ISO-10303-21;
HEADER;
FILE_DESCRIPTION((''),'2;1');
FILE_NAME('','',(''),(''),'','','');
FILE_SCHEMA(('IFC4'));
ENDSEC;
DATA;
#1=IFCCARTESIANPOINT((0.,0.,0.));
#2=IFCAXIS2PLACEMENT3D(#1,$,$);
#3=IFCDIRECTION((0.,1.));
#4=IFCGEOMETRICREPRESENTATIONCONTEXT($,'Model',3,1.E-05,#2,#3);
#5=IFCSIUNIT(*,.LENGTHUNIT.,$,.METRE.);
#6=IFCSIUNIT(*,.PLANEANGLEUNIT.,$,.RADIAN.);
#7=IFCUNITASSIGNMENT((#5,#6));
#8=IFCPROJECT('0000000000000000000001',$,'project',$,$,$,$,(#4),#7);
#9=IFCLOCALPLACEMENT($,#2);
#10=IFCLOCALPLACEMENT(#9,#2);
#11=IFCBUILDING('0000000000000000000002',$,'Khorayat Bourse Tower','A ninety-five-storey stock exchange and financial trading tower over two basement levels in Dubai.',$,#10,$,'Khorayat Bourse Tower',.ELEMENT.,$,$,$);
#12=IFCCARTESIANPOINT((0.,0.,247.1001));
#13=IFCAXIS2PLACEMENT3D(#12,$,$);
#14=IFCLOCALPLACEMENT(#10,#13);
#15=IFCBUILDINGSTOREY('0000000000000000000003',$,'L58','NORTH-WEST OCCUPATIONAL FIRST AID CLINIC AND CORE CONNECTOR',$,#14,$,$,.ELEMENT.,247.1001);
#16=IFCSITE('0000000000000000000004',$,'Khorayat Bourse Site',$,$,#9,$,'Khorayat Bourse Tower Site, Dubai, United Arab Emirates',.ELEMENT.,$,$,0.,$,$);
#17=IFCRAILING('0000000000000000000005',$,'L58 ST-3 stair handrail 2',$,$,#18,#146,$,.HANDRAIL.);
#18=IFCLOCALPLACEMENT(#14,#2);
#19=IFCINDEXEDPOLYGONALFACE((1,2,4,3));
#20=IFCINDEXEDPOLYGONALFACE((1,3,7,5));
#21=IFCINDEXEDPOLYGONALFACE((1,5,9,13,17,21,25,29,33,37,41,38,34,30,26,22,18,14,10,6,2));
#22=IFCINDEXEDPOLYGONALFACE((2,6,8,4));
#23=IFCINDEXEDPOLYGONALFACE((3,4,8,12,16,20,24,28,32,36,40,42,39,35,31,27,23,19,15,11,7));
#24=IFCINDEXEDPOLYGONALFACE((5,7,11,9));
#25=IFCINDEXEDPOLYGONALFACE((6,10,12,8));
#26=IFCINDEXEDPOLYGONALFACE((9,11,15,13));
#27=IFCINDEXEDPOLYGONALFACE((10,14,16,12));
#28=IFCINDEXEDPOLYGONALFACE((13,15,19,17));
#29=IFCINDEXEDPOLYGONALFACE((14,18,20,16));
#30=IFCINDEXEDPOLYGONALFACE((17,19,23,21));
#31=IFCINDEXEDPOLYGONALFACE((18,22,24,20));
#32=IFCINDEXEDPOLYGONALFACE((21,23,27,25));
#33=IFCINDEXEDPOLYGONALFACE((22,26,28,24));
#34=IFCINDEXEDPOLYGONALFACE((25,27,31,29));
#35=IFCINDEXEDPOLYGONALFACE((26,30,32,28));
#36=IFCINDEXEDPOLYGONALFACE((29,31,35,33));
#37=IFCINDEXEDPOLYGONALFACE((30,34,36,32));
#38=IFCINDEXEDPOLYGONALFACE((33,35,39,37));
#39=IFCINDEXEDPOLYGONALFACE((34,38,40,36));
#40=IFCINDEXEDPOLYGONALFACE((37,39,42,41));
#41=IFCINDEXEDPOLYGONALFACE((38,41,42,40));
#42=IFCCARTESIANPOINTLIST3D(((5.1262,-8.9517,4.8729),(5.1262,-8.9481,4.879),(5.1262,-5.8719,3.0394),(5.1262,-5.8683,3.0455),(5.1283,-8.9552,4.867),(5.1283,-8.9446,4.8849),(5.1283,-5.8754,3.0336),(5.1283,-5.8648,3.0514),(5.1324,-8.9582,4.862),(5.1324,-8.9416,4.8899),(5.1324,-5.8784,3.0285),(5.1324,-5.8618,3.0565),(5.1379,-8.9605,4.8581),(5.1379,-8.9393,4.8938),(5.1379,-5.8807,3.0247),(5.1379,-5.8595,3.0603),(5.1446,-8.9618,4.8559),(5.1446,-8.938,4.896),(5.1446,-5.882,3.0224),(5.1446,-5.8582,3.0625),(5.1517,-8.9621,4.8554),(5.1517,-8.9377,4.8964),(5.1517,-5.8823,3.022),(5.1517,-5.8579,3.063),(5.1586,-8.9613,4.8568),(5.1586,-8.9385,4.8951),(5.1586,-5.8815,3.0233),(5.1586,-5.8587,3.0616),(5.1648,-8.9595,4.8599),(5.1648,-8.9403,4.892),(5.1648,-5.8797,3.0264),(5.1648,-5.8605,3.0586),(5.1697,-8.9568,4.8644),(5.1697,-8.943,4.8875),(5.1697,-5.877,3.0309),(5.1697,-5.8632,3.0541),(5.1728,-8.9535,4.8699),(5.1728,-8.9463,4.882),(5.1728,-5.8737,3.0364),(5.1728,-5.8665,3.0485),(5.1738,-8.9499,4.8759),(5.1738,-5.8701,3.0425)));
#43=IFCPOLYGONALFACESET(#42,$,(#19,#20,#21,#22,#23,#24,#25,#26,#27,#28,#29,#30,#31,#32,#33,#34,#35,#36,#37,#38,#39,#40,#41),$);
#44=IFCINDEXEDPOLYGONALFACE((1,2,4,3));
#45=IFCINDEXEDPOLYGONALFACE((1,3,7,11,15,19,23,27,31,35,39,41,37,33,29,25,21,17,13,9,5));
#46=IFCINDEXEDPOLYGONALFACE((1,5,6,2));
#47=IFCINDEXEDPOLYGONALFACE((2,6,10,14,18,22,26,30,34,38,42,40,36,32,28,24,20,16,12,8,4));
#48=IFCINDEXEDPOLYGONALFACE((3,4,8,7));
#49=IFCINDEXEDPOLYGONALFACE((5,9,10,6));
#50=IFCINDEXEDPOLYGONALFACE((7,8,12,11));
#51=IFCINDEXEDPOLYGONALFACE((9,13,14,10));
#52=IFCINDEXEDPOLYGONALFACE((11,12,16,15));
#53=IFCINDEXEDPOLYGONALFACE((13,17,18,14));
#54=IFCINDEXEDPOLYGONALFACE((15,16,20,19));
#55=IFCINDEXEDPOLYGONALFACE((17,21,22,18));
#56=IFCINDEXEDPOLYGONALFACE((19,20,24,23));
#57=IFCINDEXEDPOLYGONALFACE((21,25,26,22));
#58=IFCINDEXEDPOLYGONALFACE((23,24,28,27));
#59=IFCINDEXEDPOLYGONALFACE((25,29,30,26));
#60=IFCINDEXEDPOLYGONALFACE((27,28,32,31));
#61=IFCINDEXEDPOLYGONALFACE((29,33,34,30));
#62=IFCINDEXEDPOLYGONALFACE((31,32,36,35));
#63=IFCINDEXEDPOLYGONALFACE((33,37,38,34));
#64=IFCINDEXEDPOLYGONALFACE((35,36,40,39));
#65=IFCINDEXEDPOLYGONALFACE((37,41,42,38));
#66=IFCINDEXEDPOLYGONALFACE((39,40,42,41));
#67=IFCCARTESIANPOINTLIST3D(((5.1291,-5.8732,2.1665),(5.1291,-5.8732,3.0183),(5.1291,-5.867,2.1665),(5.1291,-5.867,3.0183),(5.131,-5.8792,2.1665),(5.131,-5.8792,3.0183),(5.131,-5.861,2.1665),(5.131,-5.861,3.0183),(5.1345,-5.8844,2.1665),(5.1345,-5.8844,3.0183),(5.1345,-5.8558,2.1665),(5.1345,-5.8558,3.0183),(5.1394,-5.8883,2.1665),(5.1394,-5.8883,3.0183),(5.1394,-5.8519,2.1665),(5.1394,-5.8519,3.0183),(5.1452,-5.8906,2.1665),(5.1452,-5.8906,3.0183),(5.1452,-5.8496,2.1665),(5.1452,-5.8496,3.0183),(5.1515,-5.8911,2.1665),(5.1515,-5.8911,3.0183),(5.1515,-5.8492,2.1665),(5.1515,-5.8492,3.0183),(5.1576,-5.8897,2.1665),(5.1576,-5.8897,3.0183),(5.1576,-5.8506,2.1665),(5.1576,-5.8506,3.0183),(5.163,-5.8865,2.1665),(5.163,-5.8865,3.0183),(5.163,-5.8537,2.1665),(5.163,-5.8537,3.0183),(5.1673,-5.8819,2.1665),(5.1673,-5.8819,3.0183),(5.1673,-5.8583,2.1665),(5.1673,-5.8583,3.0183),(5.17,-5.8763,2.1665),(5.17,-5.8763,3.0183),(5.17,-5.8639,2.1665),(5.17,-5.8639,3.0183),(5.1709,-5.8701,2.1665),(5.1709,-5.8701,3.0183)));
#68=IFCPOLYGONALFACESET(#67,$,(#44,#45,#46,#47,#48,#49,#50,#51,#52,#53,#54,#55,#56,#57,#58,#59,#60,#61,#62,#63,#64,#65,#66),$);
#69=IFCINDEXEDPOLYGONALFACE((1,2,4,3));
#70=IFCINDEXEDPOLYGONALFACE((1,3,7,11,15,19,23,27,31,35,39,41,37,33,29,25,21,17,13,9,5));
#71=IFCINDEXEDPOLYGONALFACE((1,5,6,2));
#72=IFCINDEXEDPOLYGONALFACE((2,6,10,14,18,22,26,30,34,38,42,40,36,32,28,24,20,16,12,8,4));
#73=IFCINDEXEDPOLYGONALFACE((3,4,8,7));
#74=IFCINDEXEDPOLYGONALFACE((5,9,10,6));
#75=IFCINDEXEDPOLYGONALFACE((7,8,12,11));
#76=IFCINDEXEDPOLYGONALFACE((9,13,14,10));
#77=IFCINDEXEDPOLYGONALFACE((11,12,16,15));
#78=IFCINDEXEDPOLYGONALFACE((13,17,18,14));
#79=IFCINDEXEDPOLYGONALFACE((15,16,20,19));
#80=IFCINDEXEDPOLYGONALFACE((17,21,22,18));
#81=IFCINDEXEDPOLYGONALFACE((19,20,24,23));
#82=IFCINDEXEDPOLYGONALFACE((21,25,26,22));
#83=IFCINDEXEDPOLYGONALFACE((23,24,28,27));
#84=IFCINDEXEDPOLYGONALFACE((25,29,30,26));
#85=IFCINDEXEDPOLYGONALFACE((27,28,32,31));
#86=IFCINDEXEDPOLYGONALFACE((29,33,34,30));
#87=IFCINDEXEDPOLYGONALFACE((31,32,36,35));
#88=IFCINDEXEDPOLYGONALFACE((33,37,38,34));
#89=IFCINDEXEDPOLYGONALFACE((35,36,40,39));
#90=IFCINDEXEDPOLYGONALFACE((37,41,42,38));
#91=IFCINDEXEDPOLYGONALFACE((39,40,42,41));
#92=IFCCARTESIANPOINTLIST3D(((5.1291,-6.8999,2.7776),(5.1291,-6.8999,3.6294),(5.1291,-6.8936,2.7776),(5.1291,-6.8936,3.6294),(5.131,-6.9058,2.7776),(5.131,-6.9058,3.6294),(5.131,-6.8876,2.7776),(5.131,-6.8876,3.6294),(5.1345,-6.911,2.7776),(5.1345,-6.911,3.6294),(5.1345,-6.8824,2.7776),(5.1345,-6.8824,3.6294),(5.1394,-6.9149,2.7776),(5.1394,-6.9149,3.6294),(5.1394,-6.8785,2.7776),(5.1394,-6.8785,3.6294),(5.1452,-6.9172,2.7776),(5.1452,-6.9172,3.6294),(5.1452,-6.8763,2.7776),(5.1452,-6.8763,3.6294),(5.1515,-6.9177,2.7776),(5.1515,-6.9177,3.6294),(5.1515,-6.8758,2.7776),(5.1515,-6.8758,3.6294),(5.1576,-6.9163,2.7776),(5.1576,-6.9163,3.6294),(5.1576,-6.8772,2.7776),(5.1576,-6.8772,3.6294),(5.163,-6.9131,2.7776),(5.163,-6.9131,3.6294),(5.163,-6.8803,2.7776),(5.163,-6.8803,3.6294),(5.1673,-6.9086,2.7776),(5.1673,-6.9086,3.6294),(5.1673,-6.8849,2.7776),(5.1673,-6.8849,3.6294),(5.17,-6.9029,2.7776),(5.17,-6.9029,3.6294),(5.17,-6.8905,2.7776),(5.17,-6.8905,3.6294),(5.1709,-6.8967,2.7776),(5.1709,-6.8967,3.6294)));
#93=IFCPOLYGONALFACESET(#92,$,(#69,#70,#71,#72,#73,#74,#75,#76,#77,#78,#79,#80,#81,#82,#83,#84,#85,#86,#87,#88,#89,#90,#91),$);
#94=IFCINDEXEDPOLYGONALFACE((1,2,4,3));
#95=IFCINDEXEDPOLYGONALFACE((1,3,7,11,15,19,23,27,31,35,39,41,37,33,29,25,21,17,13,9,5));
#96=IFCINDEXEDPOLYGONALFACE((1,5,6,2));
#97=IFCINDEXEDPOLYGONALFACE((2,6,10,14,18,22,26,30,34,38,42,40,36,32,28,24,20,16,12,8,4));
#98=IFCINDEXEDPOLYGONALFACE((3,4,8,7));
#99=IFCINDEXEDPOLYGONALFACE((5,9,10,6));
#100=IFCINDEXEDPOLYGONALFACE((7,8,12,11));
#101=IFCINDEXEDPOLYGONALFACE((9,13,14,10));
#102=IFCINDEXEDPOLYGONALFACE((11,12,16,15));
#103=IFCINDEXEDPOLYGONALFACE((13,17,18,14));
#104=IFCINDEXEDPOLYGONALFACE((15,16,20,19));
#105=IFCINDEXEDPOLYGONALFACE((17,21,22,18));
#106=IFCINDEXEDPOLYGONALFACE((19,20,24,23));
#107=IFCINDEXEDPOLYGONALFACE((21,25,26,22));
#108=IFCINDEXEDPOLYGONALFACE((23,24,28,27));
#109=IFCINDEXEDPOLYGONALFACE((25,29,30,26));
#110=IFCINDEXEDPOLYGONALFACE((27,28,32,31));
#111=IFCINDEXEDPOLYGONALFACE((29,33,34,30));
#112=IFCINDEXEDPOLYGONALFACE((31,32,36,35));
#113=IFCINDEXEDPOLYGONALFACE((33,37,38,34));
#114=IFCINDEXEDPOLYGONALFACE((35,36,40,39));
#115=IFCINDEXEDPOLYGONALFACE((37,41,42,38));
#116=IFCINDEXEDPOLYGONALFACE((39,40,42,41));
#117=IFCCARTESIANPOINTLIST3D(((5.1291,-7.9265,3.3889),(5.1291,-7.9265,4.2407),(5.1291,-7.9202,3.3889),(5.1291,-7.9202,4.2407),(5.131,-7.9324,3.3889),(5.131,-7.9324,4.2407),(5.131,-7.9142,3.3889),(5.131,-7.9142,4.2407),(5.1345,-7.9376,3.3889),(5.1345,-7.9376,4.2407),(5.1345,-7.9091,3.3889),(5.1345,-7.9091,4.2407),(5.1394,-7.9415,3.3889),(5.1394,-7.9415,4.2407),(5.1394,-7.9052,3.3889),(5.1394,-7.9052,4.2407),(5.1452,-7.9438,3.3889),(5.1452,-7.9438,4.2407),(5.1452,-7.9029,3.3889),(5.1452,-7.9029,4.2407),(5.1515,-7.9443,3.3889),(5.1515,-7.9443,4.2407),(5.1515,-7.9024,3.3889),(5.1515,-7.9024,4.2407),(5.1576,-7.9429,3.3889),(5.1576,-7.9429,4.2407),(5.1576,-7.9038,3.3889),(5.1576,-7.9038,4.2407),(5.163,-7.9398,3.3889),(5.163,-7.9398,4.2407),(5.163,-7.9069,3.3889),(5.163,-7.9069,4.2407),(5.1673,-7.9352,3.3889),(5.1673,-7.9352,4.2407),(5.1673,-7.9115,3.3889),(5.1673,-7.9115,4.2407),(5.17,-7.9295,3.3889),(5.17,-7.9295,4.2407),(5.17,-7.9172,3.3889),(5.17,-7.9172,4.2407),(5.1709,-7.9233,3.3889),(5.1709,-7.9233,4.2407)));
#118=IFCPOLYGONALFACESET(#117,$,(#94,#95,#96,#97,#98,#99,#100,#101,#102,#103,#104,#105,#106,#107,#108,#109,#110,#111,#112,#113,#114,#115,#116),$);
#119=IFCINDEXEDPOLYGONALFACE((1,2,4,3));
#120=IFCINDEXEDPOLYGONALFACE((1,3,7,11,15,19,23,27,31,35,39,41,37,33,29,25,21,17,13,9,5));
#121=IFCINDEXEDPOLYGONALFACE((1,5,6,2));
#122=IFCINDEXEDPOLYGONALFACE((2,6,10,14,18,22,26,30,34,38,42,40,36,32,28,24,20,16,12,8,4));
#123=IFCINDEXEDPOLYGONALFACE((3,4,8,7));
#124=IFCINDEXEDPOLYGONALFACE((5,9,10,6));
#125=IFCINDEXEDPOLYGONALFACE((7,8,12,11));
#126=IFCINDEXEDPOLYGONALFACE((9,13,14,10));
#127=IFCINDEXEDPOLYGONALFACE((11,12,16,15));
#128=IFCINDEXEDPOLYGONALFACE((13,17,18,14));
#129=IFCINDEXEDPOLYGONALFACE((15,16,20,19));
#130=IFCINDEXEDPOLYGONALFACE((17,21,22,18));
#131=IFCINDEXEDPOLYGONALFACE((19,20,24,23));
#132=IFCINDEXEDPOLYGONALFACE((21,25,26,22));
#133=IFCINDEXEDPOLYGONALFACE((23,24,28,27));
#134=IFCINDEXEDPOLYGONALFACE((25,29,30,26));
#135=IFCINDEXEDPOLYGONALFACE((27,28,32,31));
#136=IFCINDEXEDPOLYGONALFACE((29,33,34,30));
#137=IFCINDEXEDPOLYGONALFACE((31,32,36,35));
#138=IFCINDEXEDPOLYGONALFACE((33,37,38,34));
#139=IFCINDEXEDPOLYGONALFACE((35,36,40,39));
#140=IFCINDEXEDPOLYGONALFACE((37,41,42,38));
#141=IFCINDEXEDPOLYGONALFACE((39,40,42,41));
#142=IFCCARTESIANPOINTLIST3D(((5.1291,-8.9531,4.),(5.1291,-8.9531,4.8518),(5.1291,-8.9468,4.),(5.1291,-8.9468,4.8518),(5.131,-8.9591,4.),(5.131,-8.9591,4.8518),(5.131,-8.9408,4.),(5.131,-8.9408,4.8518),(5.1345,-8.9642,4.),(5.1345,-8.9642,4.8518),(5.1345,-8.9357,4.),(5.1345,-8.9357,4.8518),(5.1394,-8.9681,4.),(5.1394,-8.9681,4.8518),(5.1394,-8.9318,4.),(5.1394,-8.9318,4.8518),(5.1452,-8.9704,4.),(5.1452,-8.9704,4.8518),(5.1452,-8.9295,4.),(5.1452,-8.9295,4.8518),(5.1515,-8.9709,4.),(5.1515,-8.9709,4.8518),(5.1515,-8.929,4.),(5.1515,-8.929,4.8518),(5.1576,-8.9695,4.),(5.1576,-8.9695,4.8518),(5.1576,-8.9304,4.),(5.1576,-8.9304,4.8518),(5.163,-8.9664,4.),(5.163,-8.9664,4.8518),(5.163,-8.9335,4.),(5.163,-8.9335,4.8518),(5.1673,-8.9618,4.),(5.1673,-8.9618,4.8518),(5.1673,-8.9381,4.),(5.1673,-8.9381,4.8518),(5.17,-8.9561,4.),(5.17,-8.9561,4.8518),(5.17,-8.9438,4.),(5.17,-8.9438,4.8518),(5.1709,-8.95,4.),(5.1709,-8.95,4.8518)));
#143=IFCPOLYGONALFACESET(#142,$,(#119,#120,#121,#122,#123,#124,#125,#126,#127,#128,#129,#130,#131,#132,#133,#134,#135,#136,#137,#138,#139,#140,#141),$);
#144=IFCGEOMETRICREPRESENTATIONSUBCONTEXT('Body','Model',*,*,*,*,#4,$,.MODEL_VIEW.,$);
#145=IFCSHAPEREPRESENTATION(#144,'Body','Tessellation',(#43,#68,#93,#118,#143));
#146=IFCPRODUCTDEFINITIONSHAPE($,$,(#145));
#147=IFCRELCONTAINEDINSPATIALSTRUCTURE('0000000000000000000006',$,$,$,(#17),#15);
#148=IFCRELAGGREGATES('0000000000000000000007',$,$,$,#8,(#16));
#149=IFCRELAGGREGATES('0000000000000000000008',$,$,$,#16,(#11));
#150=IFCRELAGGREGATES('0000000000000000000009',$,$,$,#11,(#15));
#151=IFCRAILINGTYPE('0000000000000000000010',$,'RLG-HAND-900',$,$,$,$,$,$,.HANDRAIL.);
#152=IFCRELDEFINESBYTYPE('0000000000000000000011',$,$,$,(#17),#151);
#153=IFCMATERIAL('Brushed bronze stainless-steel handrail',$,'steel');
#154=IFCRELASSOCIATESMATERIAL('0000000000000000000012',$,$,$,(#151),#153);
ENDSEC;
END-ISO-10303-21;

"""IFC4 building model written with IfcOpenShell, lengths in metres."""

from ifc_helpers import new_model, si_unit, direction, frame, origin, origin_2d, place, context, subcontext, project, spatial, circle, extrude, source, transform, mapped, material, type_object, element, save


model = new_model("IFC4")

# Units and contexts
model_context = context("Model", 3, precision=1e-05, world=origin(), true_north=direction((0.0, 1.0)))
body_context = subcontext(model_context, "Body", "Model", "MODEL_VIEW")
ifc_project = project(units=[si_unit("LENGTHUNIT", "METRE"), si_unit("PLANEANGLEUNIT", "RADIAN")], contexts=[model_context])

# Site, building, storey
site_placement = place(None, origin())
site = spatial("IfcSite", under=ifc_project, at=site_placement, Name="Khorayat Bourse Site", LongName="Khorayat Bourse Tower Site, Dubai, United Arab Emirates", CompositionType="ELEMENT", RefElevation=0.0)
building_placement = place(site_placement, origin())
building = spatial("IfcBuilding", under=site, at=building_placement, Name="Khorayat Bourse Tower", Description="A ninety-five-storey stock exchange and financial trading tower over two basement levels in Dubai.", LongName="Khorayat Bourse Tower", CompositionType="ELEMENT")
storey_placement = place(building_placement, frame((0.0, 0.0, 247.1001)))
storey = spatial("IfcBuildingStorey", under=building, at=storey_placement, Name="L58", Description="NORTH-WEST OCCUPATIONAL FIRST AID CLINIC AND CORE CONNECTOR", CompositionType="ELEMENT", Elevation=247.1001)

# Railing
ifc_material_1 = material(Name="Brushed bronze stainless-steel handrail", Category="steel")
railing_type_1 = type_object("IfcRailingType", Name="RLG-HAND-900", PredefinedType="HANDRAIL", material=ifc_material_1)
shared_shape_1 = source(origin(), body_context, "Body", "SweptSolid", [
    extrude(circle(Radius=0.0239, at=origin_2d()), frame((0.0, 0.0, 0.876), z_axis=(0.0, -0.859261, 0.511538), x_axis=(1.0, 0.0, 0.0)), (0.0, 0.0, 1.0), 3.5842),
    extrude(circle(Radius=0.021, at=origin_2d()), origin(), (0.0, 0.0, 1.0), 0.8518),
    extrude(circle(Radius=0.021, at=origin_2d()), frame((0.0, -1.0266, 0.6111)), (0.0, 0.0, 1.0), 0.8518),
    extrude(circle(Radius=0.021, at=origin_2d()), frame((0.0, -2.0532, 1.2224)), (0.0, 0.0, 1.0), 0.8518),
    extrude(circle(Radius=0.021, at=origin_2d()), frame((0.0, -3.0798, 1.8335)), (0.0, 0.0, 1.0), 0.8518),
])
railing_1_placement = place(storey_placement, frame((5.1499, -5.8701, 2.1665)))
element("IfcRailing", 1, at=railing_1_placement, inside=storey, type_object=railing_type_1, Name="L58 ST-3 stair handrail 2", PredefinedType="HANDRAIL", context=body_context, shape_type="MappedRepresentation", body=[
    mapped(shared_shape_1, transform((0.0, 0.0, 0.0), scale=1.0)),
])

save(model, "model.ifc")
